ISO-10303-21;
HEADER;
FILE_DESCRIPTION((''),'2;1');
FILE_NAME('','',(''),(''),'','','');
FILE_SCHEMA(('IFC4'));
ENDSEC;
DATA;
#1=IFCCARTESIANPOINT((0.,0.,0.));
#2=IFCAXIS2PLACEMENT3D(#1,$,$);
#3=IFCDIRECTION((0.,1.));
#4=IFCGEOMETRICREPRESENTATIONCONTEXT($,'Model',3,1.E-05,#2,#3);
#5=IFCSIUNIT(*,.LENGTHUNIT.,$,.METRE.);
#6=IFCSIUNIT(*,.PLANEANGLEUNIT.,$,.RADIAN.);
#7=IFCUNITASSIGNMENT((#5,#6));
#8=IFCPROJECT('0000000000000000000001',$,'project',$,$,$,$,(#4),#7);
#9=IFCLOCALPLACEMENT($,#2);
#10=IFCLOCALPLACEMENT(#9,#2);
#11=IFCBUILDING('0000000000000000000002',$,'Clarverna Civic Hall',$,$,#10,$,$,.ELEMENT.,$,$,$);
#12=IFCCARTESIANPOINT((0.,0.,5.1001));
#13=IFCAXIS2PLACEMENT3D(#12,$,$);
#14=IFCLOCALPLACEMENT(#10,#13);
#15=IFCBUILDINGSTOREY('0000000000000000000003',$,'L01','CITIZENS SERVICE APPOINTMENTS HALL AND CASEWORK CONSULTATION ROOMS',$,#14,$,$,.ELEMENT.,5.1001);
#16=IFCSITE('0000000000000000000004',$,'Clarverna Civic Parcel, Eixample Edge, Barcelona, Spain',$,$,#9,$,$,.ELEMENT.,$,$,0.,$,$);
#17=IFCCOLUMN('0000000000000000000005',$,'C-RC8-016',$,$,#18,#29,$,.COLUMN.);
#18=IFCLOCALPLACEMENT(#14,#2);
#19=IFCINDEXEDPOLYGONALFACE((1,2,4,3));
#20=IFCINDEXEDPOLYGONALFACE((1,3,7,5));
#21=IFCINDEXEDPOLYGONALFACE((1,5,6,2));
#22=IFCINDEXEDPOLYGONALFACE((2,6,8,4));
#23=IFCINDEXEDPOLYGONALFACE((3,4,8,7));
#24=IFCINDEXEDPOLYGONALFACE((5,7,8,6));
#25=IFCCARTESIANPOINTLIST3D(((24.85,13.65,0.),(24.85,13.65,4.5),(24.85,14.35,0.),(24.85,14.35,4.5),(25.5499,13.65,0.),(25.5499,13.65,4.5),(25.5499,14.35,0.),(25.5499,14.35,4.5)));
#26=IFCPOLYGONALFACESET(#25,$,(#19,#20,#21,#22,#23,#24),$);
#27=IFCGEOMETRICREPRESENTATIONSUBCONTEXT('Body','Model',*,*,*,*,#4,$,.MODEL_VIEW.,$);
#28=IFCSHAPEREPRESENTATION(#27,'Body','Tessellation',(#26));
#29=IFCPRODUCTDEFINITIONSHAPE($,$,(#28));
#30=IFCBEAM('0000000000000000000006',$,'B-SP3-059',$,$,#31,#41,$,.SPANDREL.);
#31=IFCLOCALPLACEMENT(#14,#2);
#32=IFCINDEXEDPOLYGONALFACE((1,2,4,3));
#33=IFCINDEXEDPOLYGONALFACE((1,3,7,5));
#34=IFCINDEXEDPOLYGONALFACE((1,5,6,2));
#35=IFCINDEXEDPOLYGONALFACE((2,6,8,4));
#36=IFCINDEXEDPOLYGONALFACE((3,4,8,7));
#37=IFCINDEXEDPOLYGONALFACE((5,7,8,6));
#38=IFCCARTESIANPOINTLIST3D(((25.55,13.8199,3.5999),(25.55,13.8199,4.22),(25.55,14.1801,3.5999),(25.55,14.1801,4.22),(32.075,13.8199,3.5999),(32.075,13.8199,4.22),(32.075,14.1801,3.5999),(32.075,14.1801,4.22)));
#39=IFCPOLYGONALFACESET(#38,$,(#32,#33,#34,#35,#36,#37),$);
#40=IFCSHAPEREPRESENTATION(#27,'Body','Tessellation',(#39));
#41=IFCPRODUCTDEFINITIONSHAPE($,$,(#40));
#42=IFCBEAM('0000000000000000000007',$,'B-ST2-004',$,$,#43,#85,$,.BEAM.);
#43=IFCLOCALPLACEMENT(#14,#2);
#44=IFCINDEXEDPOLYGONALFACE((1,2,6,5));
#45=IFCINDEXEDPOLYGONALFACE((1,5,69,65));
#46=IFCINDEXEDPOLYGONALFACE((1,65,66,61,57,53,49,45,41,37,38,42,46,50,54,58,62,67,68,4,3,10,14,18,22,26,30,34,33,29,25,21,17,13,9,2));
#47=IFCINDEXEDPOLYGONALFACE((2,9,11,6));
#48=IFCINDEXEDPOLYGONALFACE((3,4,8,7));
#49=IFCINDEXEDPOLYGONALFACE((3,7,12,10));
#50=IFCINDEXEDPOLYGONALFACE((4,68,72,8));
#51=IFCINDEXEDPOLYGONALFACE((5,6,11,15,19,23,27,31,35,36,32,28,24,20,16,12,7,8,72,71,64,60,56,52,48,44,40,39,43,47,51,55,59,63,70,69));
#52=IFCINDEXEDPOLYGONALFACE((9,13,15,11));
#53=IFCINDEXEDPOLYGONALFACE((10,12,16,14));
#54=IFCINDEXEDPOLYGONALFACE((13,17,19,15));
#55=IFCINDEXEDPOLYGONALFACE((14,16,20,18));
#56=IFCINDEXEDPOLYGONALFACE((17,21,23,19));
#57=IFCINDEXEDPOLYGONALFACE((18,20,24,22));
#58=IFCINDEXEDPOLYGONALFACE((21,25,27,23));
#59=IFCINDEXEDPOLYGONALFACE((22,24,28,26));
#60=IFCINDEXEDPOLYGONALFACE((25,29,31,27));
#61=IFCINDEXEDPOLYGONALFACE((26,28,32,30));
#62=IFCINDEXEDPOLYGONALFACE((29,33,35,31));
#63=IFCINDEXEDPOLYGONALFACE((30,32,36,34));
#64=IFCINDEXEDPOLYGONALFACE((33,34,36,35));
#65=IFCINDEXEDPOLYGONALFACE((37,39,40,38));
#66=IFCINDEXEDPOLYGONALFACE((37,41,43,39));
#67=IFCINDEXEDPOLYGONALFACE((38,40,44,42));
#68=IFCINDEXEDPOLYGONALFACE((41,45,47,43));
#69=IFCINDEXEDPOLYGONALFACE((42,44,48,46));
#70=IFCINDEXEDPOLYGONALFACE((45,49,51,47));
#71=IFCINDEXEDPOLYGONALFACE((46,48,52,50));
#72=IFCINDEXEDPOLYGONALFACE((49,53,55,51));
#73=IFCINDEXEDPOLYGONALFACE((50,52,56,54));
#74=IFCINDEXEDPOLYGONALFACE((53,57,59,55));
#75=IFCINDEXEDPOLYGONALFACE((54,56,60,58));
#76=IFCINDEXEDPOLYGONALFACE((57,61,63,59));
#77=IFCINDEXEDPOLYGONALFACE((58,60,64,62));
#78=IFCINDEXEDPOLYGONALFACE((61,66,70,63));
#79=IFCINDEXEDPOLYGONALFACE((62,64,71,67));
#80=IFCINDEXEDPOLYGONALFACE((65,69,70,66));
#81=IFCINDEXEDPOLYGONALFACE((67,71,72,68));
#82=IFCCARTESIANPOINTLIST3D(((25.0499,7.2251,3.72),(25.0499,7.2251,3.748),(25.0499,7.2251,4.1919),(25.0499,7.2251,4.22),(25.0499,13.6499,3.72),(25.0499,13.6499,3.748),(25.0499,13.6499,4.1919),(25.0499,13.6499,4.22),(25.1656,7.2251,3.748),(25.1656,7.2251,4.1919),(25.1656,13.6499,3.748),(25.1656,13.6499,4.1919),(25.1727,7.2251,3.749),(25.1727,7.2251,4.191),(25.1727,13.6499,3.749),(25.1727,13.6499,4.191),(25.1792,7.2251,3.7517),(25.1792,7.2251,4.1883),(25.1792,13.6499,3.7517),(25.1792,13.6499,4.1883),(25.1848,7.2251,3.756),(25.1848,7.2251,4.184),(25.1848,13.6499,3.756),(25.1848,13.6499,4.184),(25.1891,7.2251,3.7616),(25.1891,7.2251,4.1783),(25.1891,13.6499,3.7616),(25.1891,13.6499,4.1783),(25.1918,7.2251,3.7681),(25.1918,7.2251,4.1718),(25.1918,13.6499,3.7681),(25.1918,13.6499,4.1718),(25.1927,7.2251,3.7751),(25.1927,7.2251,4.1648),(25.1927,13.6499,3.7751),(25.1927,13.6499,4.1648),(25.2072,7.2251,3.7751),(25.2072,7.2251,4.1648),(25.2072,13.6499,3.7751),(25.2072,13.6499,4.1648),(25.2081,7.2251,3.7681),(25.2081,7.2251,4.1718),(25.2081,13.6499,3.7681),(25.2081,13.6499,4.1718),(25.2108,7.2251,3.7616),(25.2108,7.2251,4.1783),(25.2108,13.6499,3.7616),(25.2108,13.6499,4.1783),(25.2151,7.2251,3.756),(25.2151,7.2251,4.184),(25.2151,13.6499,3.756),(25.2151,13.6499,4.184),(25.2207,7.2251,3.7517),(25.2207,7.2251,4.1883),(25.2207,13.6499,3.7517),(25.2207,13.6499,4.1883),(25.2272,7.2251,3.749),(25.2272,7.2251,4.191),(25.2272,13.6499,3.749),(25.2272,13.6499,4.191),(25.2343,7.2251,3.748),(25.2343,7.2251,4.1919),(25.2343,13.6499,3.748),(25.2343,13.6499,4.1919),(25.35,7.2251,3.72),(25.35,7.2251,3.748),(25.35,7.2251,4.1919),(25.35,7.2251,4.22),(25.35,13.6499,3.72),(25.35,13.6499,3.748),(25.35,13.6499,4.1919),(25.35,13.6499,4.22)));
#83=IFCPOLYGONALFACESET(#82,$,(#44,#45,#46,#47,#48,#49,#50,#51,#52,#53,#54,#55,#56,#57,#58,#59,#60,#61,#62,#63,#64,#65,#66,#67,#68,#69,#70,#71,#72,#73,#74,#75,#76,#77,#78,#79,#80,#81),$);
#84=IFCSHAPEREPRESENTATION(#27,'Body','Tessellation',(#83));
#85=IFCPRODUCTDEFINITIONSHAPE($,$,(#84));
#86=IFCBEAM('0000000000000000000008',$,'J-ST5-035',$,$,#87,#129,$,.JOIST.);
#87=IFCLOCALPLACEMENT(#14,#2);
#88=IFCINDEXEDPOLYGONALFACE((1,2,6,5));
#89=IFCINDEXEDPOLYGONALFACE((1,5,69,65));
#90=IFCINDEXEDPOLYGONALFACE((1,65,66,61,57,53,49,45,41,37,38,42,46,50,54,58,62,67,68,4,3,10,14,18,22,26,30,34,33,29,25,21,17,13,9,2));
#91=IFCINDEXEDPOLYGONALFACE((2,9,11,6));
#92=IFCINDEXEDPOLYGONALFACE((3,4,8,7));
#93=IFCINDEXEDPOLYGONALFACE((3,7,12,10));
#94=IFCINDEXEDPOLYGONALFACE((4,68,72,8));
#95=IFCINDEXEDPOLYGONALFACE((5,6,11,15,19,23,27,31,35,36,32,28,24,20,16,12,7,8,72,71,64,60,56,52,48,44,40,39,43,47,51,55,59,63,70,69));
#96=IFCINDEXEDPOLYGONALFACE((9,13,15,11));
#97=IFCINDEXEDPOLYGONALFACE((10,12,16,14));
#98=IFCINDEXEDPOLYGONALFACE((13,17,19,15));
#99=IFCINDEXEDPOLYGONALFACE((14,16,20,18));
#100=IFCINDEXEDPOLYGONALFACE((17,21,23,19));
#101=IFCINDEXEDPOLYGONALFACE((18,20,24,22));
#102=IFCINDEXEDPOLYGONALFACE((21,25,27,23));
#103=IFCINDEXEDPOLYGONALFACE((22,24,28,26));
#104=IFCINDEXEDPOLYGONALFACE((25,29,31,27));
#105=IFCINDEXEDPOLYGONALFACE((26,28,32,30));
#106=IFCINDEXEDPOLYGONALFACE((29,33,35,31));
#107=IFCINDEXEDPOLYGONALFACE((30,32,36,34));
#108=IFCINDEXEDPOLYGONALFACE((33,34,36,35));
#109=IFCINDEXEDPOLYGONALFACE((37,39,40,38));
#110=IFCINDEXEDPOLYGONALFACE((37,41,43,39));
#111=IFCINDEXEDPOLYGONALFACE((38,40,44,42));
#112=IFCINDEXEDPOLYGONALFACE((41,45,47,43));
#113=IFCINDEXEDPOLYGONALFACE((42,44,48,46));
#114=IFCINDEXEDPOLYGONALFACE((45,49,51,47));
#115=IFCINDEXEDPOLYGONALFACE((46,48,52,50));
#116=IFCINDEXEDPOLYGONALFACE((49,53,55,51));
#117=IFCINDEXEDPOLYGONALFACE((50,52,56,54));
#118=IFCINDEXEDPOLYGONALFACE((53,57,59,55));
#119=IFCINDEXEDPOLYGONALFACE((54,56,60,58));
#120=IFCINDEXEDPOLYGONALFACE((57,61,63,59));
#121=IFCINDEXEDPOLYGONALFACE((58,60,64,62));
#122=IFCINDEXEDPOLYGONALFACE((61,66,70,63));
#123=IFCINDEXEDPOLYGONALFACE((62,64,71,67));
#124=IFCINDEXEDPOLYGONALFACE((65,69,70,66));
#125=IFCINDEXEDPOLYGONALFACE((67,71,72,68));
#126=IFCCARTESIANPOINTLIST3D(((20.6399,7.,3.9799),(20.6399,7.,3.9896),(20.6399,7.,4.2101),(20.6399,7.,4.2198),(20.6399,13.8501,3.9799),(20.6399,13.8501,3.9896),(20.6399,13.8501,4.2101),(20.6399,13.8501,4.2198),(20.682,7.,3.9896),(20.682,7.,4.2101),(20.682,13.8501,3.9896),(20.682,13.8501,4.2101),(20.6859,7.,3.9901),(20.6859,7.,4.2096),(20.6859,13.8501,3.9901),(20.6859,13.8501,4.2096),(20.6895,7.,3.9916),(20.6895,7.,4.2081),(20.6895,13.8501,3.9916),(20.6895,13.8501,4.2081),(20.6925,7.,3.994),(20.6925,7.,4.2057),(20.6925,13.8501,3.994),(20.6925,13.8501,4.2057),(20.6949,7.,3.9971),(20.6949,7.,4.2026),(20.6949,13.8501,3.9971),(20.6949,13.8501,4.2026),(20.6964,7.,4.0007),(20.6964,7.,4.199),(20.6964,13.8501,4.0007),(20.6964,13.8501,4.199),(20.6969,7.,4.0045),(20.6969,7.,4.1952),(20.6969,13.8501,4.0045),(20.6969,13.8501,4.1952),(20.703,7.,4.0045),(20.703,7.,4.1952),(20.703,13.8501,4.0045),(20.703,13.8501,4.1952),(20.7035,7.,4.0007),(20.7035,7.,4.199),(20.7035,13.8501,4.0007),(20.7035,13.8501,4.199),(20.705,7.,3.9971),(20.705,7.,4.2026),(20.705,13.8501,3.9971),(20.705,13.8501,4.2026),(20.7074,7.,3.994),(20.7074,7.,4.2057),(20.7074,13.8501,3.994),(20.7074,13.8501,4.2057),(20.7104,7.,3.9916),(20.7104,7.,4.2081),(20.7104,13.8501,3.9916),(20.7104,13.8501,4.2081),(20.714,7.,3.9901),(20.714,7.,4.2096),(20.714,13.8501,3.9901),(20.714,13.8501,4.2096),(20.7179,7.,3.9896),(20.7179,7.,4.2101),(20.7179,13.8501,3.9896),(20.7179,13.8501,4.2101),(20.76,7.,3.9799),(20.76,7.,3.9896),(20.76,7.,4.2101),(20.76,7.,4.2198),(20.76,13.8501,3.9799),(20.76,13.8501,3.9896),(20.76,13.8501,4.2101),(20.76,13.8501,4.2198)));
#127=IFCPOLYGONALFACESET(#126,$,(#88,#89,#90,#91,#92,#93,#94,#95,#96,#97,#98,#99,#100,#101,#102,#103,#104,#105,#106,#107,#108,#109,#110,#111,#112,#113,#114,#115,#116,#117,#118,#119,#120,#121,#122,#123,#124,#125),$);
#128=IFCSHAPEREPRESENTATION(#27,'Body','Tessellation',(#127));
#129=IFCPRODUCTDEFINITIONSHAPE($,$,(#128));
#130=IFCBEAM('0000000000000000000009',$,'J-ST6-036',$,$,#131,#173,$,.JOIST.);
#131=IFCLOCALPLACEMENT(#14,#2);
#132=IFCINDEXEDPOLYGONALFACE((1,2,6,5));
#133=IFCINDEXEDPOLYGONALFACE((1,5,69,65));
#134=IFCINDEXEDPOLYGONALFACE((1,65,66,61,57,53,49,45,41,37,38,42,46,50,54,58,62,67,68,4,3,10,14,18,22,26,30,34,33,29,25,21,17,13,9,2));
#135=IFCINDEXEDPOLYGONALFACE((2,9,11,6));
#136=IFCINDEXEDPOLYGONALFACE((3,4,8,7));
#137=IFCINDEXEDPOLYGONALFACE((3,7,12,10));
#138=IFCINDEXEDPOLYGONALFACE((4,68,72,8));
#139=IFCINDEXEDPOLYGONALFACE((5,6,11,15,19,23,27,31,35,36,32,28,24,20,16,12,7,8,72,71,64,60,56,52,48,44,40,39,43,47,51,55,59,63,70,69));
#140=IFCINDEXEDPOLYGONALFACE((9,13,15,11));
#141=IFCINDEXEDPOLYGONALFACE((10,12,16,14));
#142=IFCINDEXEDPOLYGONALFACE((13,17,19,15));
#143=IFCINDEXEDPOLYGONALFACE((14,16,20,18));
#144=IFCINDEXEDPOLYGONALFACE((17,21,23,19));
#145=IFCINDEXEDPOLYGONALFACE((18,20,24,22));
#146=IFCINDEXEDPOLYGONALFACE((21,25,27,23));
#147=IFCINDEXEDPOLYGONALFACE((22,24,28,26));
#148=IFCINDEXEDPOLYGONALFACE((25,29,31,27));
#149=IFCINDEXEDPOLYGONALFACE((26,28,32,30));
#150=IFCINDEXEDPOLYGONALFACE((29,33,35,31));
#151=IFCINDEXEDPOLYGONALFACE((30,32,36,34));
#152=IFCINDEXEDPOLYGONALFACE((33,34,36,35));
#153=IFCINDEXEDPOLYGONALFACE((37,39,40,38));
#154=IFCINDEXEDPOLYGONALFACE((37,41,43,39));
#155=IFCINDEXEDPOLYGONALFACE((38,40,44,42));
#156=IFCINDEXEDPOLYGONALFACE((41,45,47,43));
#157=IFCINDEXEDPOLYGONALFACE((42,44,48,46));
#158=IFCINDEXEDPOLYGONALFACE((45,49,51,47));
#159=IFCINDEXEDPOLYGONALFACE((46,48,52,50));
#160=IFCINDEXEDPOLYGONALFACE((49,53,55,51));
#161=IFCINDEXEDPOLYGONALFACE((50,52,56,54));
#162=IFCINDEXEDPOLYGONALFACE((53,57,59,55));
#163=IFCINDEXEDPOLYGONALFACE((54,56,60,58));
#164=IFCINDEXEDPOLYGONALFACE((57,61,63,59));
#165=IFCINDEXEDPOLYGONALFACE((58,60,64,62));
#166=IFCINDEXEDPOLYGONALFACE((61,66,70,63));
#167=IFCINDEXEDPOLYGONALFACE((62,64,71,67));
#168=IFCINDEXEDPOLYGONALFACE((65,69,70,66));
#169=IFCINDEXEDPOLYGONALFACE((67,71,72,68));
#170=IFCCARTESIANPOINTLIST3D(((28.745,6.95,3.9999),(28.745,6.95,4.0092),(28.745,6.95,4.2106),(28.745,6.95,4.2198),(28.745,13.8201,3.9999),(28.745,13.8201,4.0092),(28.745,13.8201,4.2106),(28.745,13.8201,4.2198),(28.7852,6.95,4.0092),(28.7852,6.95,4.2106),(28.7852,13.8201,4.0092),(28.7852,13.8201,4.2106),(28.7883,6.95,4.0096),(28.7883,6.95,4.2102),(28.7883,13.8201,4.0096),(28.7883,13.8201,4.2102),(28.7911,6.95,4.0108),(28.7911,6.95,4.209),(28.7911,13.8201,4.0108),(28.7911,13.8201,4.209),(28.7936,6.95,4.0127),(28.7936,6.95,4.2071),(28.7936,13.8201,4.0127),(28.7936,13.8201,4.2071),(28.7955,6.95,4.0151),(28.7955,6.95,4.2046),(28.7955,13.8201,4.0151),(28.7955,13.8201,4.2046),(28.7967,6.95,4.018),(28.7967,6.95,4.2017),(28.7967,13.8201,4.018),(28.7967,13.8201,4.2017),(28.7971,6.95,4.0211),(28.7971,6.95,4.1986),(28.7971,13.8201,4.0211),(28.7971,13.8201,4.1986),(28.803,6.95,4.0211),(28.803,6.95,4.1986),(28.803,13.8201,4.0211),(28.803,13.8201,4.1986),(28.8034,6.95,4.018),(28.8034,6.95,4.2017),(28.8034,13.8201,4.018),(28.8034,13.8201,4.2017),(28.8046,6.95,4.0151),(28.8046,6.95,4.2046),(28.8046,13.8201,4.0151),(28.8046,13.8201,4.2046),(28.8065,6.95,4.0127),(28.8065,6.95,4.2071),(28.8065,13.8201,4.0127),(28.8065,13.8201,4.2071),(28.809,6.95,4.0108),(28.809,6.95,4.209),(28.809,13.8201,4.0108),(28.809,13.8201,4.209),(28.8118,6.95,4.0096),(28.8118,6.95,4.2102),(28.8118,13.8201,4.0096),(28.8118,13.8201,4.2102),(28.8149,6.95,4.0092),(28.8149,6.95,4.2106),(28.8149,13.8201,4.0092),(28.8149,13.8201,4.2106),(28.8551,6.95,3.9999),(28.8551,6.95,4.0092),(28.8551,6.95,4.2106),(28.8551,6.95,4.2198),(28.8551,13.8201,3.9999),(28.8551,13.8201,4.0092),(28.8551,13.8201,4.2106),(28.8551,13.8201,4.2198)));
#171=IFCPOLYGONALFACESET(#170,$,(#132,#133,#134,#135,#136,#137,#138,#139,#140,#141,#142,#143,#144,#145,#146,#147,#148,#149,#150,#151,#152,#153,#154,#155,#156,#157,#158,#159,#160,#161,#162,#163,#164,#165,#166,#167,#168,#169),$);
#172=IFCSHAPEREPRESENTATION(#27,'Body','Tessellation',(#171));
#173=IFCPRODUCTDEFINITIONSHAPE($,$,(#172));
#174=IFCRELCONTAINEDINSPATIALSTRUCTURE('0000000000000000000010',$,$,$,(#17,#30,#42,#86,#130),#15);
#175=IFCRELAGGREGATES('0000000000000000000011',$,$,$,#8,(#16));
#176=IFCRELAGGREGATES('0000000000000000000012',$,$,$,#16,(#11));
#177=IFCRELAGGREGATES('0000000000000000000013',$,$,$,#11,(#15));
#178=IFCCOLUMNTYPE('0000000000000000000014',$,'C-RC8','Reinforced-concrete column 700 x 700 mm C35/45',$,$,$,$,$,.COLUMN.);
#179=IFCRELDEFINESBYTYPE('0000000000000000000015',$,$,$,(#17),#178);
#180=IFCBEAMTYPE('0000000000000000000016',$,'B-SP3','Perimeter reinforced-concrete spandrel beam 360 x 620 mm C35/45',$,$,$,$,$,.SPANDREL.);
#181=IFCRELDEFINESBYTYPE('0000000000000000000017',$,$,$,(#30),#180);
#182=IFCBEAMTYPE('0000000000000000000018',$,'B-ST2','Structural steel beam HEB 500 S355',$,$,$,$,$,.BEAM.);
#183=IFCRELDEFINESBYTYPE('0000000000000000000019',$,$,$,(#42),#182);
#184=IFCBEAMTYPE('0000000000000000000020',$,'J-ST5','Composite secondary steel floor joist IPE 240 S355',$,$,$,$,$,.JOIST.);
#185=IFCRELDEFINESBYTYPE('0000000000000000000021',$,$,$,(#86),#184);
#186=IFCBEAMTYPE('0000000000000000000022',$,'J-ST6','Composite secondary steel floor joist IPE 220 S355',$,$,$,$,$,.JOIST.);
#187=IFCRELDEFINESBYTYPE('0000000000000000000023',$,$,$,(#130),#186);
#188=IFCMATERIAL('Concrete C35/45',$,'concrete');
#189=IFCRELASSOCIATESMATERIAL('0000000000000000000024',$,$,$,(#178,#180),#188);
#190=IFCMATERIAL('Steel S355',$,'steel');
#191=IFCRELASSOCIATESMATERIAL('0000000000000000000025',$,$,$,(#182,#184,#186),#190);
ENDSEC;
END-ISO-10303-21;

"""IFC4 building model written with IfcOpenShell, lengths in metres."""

from ifc_helpers import new_model, si_unit, direction, frame, origin, origin_2d, place, context, subcontext, project, spatial, rectangle, i_section, extrude, material, material_profile, profile_set, type_object, element, save


model = new_model("IFC4")

# Units and contexts
model_context = context("Model", 3, precision=1e-05, world=origin(), true_north=direction((0.0, 1.0)))
body_context = subcontext(model_context, "Body", "Model", "MODEL_VIEW")
ifc_project = project(units=[si_unit("LENGTHUNIT", "METRE"), si_unit("PLANEANGLEUNIT", "RADIAN")], contexts=[model_context])

# Site, building, storey
site_placement = place(None, origin())
site = spatial("IfcSite", under=ifc_project, at=site_placement, Name="Clarverna Civic Parcel, Eixample Edge, Barcelona, Spain", CompositionType="ELEMENT", RefElevation=0.0)
building_placement = place(site_placement, origin())
building = spatial("IfcBuilding", under=site, at=building_placement, Name="Clarverna Civic Hall", CompositionType="ELEMENT")
storey_placement = place(building_placement, frame((0.0, 0.0, 5.1001)))
storey = spatial("IfcBuildingStorey", under=building, at=storey_placement, Name="L01", Description="CITIZENS SERVICE APPOINTMENTS HALL AND CASEWORK CONSULTATION ROOMS", CompositionType="ELEMENT", Elevation=5.1001)

# Column
ifc_material_1 = material(Name="Concrete C35/45", Category="concrete")
ifc_material_profile_1 = material_profile(ifc_material_1, rectangle(XDim=0.7, YDim=0.7, at=origin_2d()), Name="RC 700x700")
ifc_profile_set_1 = profile_set([ifc_material_profile_1], Name="Concrete C35/45")
column_type = type_object("IfcColumnType", Name="C-RC8", Description="Reinforced-concrete column 700 x 700 mm C35/45", PredefinedType="COLUMN", material=ifc_profile_set_1)
column_placement = place(storey_placement, frame((25.2, 14.0, 0.0), z_axis=(0.0, 0.0, 1.0), x_axis=(1.0, 0.0, 0.0)))
element("IfcColumn", 1, at=column_placement, inside=storey, type_object=column_type, Name="C-RC8-016", PredefinedType="COLUMN", context=body_context, shape_type="SweptSolid", body=[
    extrude(rectangle(XDim=0.7, YDim=0.7, at=origin_2d()), origin(), (0.0, 0.0, 1.0), 4.5),
])

# Beams
ifc_material_profile_2 = material_profile(ifc_material_1, rectangle(XDim=0.3601, YDim=0.6201, at=origin_2d()), Name="RC 360x620")
ifc_profile_set_2 = profile_set([ifc_material_profile_2], Name="Concrete C35/45")
beam_type_1 = type_object("IfcBeamType", Name="B-SP3", Description="Perimeter reinforced-concrete spandrel beam 360 x 620 mm C35/45", PredefinedType="SPANDREL", material=ifc_profile_set_2)
beam_1_placement = place(storey_placement, frame((25.55, 14.0, 3.9099), z_axis=(1.0, 0.0, 0.0), x_axis=(0.0, 1.0, 0.0)))
element("IfcBeam", 2, at=beam_1_placement, inside=storey, type_object=beam_type_1, Name="B-SP3-059", PredefinedType="SPANDREL", context=body_context, shape_type="SweptSolid", body=[
    extrude(rectangle(XDim=0.3601, YDim=0.6201, at=origin_2d()), origin(), (0.0, 0.0, 1.0), 6.5249),
])
ifc_material_2 = material(Name="Steel S355", Category="steel")
ifc_material_profile_3 = material_profile(ifc_material_2, i_section(OverallWidth=0.3, OverallDepth=0.5, WebThickness=0.0144, FlangeThickness=0.0281, FilletRadius=0.0271, at=origin_2d()), Name="HEB 500")
ifc_profile_set_3 = profile_set([ifc_material_profile_3], Name="Steel S355")
beam_type_2 = type_object("IfcBeamType", Name="B-ST2", Description="Structural steel beam HEB 500 S355", PredefinedType="BEAM", material=ifc_profile_set_3)
beam_2_placement = place(storey_placement, frame((25.2, 7.2251, 3.97), z_axis=(0.0, 1.0, 0.0), x_axis=(-1.0, 0.0, 0.0)))
element("IfcBeam", 3, at=beam_2_placement, inside=storey, type_object=beam_type_2, Name="B-ST2-004", PredefinedType="BEAM", context=body_context, shape_type="SweptSolid", body=[
    extrude(i_section(OverallWidth=0.3, OverallDepth=0.5, WebThickness=0.0144, FlangeThickness=0.0281, FilletRadius=0.0271, at=origin_2d()), origin(), (0.0, 0.0, 1.0), 6.4248),
])
ifc_material_profile_4 = material_profile(ifc_material_2, i_section(OverallWidth=0.1201, OverallDepth=0.24, WebThickness=0.0061, FlangeThickness=0.0098, FilletRadius=0.0149, at=origin_2d()), Name="IPE 240")
ifc_profile_set_4 = profile_set([ifc_material_profile_4], Name="Steel S355")
beam_type_3 = type_object("IfcBeamType", Name="J-ST5", Description="Composite secondary steel floor joist IPE 240 S355", PredefinedType="JOIST", material=ifc_profile_set_4)
beam_3_placement = place(storey_placement, frame((20.7, 7.0, 4.0999), z_axis=(0.0, 1.0, 0.0), x_axis=(-1.0, 0.0, 0.0)))
element("IfcBeam", 4, at=beam_3_placement, inside=storey, type_object=beam_type_3, Name="J-ST5-035", PredefinedType="JOIST", context=body_context, shape_type="SweptSolid", body=[
    extrude(i_section(OverallWidth=0.1201, OverallDepth=0.24, WebThickness=0.0061, FlangeThickness=0.0098, FilletRadius=0.0149, at=origin_2d()), origin(), (0.0, 0.0, 1.0), 6.8501),
])
ifc_material_profile_5 = material_profile(ifc_material_2, i_section(OverallWidth=0.1101, OverallDepth=0.22, WebThickness=0.0059, FlangeThickness=0.0093, FilletRadius=0.012, at=origin_2d()), Name="IPE 220")
ifc_profile_set_5 = profile_set([ifc_material_profile_5], Name="Steel S355")
beam_type_4 = type_object("IfcBeamType", Name="J-ST6", Description="Composite secondary steel floor joist IPE 220 S355", PredefinedType="JOIST", material=ifc_profile_set_5)
beam_4_placement = place(storey_placement, frame((28.8, 6.95, 4.1099), z_axis=(0.0, 1.0, 0.0), x_axis=(-1.0, 0.0, 0.0)))
element("IfcBeam", 5, at=beam_4_placement, inside=storey, type_object=beam_type_4, Name="J-ST6-036", PredefinedType="JOIST", context=body_context, shape_type="SweptSolid", body=[
    extrude(i_section(OverallWidth=0.1101, OverallDepth=0.22, WebThickness=0.0059, FlangeThickness=0.0093, FilletRadius=0.012, at=origin_2d()), origin(), (0.0, 0.0, 1.0), 6.8701),
])

save(model, "model.ifc")
